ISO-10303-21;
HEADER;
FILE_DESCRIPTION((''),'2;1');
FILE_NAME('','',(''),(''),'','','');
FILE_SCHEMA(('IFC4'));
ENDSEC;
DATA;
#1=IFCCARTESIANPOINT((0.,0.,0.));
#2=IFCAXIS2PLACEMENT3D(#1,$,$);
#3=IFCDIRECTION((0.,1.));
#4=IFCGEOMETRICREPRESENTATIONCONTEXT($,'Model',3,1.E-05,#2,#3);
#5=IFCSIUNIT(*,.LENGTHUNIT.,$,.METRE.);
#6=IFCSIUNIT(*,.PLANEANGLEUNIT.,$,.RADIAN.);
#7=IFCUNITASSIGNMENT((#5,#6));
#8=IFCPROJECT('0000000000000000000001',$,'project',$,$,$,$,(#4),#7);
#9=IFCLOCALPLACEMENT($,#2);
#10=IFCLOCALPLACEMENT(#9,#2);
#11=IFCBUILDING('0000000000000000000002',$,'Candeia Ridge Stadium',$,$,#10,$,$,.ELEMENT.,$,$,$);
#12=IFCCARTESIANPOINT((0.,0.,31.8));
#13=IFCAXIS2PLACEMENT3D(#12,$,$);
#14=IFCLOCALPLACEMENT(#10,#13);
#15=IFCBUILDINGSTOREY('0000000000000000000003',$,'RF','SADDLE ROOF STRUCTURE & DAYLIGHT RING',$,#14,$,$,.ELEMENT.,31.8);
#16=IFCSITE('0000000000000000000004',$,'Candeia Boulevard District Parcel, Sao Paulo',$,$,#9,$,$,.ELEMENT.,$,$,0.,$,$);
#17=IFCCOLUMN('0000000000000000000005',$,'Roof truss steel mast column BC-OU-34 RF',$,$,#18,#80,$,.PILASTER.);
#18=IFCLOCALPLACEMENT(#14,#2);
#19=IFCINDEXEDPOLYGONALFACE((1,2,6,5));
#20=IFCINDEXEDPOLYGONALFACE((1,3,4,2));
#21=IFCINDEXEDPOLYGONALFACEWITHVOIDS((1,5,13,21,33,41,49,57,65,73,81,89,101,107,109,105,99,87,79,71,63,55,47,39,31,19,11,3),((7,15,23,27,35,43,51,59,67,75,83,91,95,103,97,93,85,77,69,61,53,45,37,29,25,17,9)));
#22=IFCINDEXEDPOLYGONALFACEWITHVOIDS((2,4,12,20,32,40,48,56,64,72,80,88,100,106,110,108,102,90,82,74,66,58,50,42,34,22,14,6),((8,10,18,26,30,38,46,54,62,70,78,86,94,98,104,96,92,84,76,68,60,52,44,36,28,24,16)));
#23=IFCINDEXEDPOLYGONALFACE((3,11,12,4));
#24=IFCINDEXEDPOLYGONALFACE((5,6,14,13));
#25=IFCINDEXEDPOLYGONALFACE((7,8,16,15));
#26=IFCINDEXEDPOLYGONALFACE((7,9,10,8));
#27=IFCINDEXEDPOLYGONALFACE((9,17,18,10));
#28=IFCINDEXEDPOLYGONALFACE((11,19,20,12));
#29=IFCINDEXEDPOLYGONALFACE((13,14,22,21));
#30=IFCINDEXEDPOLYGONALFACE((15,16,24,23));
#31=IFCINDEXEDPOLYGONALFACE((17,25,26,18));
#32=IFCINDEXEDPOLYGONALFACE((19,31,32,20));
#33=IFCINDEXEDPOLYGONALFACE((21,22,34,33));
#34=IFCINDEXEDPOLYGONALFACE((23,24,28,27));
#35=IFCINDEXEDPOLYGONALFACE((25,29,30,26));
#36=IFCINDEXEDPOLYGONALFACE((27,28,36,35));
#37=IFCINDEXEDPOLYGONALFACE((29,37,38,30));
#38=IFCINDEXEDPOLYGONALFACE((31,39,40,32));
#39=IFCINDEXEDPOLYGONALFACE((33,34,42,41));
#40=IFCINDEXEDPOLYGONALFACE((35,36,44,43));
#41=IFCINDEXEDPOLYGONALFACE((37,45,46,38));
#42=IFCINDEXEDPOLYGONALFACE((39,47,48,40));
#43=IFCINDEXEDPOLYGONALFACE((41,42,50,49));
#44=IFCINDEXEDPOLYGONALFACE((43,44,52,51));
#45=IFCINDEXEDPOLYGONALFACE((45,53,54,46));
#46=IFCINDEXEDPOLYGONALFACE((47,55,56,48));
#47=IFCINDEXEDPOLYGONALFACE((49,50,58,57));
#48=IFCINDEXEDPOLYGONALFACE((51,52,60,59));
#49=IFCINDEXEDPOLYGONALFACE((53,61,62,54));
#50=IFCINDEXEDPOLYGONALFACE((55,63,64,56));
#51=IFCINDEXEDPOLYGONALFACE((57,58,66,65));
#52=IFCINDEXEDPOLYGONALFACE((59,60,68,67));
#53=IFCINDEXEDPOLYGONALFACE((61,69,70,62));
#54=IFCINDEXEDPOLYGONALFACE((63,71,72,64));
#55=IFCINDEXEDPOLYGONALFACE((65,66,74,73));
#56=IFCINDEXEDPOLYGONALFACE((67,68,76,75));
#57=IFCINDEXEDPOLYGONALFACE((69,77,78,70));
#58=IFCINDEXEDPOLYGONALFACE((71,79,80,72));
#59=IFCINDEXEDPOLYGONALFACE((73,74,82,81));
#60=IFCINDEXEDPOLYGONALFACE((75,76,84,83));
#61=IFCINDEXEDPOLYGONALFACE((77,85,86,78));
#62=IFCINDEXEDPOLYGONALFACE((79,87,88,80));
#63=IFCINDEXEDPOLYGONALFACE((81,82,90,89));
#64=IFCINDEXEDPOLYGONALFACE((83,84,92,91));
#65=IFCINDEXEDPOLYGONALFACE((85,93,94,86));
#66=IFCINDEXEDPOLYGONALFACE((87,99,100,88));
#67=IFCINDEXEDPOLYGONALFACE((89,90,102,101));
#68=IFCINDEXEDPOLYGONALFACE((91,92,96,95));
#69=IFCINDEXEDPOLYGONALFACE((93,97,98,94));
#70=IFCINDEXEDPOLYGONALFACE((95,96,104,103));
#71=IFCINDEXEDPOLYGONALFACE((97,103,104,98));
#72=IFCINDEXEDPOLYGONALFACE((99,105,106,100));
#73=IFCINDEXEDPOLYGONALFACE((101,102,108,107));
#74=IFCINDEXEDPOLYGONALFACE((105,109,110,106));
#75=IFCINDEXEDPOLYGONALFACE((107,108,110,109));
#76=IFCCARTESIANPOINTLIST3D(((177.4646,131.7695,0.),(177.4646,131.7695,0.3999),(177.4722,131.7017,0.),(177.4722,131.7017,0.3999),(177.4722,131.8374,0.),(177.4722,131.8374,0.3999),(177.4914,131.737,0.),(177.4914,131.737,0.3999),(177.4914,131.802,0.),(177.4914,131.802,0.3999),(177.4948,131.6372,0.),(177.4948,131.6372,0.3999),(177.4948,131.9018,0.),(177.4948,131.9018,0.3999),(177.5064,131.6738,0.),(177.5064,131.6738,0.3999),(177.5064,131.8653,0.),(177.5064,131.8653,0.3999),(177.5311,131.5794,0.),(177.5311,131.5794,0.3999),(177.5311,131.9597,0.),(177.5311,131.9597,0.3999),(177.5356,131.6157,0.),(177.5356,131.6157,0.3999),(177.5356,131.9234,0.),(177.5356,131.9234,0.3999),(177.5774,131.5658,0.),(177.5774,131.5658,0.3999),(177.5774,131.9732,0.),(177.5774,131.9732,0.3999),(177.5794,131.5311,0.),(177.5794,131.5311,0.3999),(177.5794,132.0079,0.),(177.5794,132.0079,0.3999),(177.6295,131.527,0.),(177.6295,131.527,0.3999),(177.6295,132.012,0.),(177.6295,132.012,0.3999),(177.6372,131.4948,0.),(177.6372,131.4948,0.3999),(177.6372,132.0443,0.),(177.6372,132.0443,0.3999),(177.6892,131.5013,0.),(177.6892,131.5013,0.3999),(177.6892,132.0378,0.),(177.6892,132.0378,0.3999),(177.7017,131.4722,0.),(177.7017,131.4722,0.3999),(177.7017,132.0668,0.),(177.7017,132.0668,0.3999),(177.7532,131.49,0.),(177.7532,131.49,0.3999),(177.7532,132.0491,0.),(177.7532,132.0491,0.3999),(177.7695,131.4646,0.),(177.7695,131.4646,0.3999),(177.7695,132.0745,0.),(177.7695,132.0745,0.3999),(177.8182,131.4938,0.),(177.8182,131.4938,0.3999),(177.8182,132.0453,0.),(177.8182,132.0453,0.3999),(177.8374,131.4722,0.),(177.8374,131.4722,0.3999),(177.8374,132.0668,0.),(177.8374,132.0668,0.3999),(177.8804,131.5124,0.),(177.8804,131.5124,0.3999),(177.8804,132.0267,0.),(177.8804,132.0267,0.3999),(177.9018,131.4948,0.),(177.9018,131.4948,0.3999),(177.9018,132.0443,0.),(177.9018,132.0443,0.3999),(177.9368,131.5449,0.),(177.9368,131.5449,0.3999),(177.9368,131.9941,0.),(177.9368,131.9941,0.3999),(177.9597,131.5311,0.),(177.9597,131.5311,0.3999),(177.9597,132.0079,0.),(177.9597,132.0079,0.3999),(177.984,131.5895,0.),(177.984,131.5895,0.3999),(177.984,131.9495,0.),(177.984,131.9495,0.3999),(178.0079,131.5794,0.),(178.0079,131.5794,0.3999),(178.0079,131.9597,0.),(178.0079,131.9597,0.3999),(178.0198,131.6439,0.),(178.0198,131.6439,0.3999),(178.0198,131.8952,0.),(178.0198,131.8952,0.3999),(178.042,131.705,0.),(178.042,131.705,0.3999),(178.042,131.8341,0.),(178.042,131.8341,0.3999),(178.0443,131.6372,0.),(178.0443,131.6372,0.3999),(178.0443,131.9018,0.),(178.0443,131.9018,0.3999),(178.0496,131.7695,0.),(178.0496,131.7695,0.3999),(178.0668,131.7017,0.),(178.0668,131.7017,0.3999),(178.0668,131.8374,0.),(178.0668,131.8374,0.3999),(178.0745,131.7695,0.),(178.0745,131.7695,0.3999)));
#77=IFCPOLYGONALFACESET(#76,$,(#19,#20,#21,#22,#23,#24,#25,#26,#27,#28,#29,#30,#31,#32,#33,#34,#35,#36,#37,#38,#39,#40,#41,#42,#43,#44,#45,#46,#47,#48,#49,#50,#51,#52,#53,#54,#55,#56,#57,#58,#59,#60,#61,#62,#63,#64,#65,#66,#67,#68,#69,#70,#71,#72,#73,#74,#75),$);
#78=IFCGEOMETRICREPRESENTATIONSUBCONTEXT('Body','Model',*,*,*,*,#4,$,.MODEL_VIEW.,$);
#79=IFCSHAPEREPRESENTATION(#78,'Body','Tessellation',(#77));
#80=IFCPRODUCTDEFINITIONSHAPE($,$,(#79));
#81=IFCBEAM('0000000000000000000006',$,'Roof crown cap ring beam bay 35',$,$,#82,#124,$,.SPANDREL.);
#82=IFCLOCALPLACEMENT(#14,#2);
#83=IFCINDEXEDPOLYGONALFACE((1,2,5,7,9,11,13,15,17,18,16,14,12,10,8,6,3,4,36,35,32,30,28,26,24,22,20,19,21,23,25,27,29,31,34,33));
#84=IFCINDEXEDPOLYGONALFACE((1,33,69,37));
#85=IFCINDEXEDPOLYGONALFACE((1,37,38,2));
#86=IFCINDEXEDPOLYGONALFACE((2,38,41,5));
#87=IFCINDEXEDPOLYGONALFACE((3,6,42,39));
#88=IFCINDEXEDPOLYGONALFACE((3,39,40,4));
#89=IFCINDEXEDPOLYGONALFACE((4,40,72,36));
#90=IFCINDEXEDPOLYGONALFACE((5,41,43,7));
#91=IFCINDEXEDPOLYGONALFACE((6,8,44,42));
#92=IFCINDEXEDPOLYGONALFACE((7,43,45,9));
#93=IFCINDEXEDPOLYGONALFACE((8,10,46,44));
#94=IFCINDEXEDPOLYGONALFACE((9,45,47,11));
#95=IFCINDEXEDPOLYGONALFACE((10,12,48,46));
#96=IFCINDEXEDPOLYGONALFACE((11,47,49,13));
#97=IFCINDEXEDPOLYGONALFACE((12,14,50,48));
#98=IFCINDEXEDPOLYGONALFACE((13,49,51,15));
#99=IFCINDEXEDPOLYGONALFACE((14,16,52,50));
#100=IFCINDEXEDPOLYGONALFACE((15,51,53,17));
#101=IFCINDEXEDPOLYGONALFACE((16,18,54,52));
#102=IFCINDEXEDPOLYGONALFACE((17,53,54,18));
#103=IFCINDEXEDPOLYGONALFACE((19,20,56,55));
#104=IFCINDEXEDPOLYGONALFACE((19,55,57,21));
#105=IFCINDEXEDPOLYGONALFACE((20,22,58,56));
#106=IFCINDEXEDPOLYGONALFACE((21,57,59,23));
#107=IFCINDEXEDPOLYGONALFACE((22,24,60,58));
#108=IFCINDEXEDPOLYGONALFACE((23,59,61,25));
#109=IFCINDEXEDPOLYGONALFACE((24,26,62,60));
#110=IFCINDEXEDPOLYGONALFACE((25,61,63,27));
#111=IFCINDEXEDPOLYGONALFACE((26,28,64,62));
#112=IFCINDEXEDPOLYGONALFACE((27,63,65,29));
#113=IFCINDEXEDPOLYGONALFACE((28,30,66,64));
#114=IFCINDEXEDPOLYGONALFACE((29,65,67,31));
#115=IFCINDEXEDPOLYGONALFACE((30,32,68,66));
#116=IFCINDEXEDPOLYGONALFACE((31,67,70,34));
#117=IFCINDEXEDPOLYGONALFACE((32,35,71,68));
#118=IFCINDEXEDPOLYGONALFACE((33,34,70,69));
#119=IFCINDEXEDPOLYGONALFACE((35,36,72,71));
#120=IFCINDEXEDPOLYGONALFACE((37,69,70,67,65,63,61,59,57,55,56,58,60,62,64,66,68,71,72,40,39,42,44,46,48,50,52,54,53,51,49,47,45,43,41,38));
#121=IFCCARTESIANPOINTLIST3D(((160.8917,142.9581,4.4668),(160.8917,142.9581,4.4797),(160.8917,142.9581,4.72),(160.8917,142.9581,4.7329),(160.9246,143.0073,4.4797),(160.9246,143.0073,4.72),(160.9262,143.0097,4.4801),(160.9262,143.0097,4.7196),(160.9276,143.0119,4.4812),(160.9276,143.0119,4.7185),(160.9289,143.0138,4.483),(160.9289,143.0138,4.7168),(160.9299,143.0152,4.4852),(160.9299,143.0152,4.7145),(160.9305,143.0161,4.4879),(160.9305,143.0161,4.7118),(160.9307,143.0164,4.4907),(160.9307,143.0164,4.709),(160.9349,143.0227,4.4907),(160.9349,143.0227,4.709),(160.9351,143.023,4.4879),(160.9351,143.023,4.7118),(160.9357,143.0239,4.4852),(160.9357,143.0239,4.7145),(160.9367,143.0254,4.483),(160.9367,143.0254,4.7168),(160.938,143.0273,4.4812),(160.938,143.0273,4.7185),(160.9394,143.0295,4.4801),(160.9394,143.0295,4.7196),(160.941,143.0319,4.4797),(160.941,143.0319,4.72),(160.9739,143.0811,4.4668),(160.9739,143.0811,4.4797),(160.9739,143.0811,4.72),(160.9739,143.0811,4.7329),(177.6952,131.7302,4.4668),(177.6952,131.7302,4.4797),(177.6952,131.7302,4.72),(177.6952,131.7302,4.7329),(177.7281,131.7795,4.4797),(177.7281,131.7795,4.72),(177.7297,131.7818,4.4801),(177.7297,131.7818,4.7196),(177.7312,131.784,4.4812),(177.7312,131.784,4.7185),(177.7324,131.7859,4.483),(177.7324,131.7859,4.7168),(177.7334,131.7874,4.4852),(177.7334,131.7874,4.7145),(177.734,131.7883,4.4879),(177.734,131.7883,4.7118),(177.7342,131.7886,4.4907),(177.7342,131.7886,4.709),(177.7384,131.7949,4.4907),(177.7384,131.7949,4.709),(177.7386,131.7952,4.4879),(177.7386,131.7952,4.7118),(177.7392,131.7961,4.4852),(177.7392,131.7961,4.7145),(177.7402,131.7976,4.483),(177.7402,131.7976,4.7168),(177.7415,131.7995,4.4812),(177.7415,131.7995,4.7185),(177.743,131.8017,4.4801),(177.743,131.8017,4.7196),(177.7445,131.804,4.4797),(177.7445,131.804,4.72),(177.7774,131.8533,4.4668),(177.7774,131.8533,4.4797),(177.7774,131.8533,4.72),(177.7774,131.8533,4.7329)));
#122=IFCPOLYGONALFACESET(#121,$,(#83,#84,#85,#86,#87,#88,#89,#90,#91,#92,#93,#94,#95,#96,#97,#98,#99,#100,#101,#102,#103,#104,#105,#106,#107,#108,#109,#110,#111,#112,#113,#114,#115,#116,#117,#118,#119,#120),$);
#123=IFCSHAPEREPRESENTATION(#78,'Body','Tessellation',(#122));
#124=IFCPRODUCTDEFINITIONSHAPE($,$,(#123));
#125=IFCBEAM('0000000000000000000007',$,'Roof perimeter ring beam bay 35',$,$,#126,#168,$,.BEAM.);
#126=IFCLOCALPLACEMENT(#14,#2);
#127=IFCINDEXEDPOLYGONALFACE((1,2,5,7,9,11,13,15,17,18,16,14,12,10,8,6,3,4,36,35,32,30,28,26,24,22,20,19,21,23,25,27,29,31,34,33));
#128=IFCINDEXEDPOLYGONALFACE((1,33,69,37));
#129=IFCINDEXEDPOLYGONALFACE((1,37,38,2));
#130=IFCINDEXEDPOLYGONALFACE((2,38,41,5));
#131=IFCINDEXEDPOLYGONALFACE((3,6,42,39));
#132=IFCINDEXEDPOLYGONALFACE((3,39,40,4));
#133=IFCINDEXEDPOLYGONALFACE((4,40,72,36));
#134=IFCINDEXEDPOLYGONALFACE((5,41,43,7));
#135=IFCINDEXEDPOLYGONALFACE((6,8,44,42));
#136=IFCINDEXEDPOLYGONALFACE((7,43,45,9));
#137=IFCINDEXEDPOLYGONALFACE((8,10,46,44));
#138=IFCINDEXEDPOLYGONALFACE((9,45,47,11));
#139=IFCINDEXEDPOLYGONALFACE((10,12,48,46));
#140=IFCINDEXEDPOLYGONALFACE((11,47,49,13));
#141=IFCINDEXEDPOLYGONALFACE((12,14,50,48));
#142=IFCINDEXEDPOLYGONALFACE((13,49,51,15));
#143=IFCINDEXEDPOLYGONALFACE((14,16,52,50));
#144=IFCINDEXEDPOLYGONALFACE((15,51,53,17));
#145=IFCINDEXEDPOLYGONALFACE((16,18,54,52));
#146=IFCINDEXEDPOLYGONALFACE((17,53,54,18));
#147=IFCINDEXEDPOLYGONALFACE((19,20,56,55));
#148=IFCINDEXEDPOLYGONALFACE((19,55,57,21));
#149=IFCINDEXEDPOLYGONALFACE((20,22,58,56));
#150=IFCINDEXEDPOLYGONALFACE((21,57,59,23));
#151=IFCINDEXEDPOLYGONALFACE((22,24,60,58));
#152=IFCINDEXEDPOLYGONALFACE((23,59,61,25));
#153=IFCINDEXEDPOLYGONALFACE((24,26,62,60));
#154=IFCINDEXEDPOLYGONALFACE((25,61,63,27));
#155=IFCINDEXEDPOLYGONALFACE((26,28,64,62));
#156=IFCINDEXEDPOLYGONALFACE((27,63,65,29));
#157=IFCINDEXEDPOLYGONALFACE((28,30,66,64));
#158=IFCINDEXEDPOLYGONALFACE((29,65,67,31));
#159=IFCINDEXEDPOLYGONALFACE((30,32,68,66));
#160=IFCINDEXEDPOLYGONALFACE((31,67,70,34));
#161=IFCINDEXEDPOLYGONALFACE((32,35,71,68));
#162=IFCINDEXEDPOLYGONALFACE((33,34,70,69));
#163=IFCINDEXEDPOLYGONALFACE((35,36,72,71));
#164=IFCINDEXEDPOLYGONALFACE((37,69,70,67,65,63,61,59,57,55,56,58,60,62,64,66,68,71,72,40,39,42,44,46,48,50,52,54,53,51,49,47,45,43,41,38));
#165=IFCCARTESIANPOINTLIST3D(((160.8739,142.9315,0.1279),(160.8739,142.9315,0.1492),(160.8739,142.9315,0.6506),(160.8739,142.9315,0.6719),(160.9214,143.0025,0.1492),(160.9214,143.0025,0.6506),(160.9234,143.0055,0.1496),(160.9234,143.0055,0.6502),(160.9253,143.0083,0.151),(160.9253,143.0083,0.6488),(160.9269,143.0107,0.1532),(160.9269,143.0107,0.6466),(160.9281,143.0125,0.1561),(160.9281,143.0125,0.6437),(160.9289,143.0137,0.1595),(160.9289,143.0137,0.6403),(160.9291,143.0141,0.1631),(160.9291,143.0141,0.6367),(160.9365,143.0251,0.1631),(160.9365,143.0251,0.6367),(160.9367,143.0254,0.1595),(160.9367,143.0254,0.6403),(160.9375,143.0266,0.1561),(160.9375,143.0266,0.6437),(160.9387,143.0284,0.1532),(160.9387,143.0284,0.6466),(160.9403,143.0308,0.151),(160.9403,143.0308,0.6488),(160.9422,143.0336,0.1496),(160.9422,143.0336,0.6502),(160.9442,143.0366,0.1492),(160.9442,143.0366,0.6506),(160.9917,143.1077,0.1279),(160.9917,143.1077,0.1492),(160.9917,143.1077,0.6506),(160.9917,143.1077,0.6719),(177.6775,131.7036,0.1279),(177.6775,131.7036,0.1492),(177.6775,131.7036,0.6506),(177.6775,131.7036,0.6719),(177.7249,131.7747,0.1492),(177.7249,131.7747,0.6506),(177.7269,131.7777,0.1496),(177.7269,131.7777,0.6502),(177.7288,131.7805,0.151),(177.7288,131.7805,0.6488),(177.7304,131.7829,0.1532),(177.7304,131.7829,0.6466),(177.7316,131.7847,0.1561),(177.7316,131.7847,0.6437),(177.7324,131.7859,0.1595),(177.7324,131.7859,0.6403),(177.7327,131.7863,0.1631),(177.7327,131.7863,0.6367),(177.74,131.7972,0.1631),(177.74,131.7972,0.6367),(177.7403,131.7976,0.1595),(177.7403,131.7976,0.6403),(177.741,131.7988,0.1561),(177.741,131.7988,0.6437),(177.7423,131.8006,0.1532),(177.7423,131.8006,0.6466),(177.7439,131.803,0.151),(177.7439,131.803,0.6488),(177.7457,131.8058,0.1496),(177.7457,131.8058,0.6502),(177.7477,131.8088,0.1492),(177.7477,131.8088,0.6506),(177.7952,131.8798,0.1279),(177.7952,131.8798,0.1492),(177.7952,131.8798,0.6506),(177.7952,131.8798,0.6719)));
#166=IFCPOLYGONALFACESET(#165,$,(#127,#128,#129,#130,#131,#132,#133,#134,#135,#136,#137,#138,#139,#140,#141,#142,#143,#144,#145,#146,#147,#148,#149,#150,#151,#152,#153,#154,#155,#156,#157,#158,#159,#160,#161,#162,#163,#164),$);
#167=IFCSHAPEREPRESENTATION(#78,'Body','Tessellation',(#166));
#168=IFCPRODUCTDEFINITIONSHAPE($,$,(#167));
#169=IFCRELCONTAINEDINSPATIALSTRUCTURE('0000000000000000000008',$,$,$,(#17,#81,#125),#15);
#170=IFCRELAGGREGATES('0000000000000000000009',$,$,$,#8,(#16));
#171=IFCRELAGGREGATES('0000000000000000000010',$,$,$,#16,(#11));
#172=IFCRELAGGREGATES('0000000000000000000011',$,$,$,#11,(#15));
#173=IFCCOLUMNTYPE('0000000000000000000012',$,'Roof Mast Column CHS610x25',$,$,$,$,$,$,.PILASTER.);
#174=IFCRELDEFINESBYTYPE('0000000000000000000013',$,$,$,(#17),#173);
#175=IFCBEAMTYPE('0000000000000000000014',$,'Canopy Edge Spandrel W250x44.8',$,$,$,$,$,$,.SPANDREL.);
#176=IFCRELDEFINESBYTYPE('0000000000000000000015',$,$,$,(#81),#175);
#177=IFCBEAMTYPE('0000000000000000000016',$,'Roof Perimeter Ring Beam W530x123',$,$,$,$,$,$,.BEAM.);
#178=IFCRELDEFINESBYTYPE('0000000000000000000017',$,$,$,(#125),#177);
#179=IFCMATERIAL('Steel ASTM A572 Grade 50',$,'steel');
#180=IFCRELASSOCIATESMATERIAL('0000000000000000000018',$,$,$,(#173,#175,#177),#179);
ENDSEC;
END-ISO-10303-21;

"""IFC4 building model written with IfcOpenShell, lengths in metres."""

from ifc_helpers import new_model, si_unit, direction, frame, origin, origin_2d, place, context, subcontext, project, spatial, hollow_circle, i_section, extrude, material, material_profile, profile_set, type_object, element, save


model = new_model("IFC4")

# Units and contexts
model_context = context("Model", 3, precision=1e-05, world=origin(), true_north=direction((0.0, 1.0)))
body_context = subcontext(model_context, "Body", "Model", "MODEL_VIEW")
ifc_project = project(units=[si_unit("LENGTHUNIT", "METRE"), si_unit("PLANEANGLEUNIT", "RADIAN")], contexts=[model_context])

# Site, building, storey
site_placement = place(None, origin())
site = spatial("IfcSite", under=ifc_project, at=site_placement, Name="Candeia Boulevard District Parcel, Sao Paulo", CompositionType="ELEMENT", RefElevation=0.0)
building_placement = place(site_placement, origin())
building = spatial("IfcBuilding", under=site, at=building_placement, Name="Candeia Ridge Stadium", CompositionType="ELEMENT")
storey_placement = place(building_placement, frame((0.0, 0.0, 31.8)))
storey = spatial("IfcBuildingStorey", under=building, at=storey_placement, Name="RF", Description="SADDLE ROOF STRUCTURE & DAYLIGHT RING", CompositionType="ELEMENT", Elevation=31.8)

# Column
ifc_material_1 = material(Name="Steel ASTM A572 Grade 50", Category="steel")
ifc_material_profile_1 = material_profile(ifc_material_1, hollow_circle(Radius=0.3049, WallThickness=0.0249, at=origin_2d()), Name="CHS610x25", Category="steel")
ifc_profile_set_1 = profile_set([ifc_material_profile_1], Name="Steel ASTM A572 Grade 50")
column_type = type_object("IfcColumnType", Name="Roof Mast Column CHS610x25", PredefinedType="PILASTER", material=ifc_profile_set_1)
column_placement = place(storey_placement, frame((177.7695, 131.7695, 0.0), z_axis=(0.0, 0.0, 1.0), x_axis=(1.0, 0.0, 0.0)))
element("IfcColumn", 1, at=column_placement, inside=storey, type_object=column_type, Name="Roof truss steel mast column BC-OU-34 RF", PredefinedType="PILASTER", context=body_context, shape_type="SweptSolid", body=[
    extrude(hollow_circle(Radius=0.3049, WallThickness=0.0249, at=origin_2d()), origin(), (0.0, 0.0, 1.0), 0.3999),
])

# Beams
ifc_material_profile_2 = material_profile(ifc_material_1, i_section(OverallWidth=0.1479, OverallDepth=0.2661, WebThickness=0.0076, FlangeThickness=0.0129, FilletRadius=0.011, at=origin_2d()), Name="W250x44.8", Category="steel")
ifc_profile_set_2 = profile_set([ifc_material_profile_2], Name="Steel ASTM A572 Grade 50")
beam_type_1 = type_object("IfcBeamType", Name="Canopy Edge Spandrel W250x44.8", PredefinedType="SPANDREL", material=ifc_profile_set_2)
beam_1_placement = place(storey_placement, frame((177.7363, 131.7917, 4.5999), z_axis=(-0.831468, 0.555572, 0.0), x_axis=(-0.555572, -0.831468, 0.0)))
element("IfcBeam", 2, at=beam_1_placement, inside=storey, type_object=beam_type_1, Name="Roof crown cap ring beam bay 35", PredefinedType="SPANDREL", context=body_context, shape_type="SweptSolid", body=[
    extrude(i_section(OverallWidth=0.1479, OverallDepth=0.2661, WebThickness=0.0076, FlangeThickness=0.0129, FilletRadius=0.011, at=origin_2d()), origin(), (0.0, 0.0, 1.0), 20.2095),
])
ifc_material_profile_3 = material_profile(ifc_material_1, i_section(OverallWidth=0.2119, OverallDepth=0.5439, WebThickness=0.0132, FlangeThickness=0.0212, FilletRadius=0.0139, at=origin_2d()), Name="W530x123", Category="steel")
ifc_profile_set_3 = profile_set([ifc_material_profile_3], Name="Steel ASTM A572 Grade 50")
beam_type_2 = type_object("IfcBeamType", Name="Roof Perimeter Ring Beam W530x123", PredefinedType="BEAM", material=ifc_profile_set_3)
beam_2_placement = place(storey_placement, frame((177.7363, 131.7917, 0.3999), z_axis=(-0.831468, 0.555572, 0.0), x_axis=(-0.555572, -0.831468, 0.0)))
element("IfcBeam", 3, at=beam_2_placement, inside=storey, type_object=beam_type_2, Name="Roof perimeter ring beam bay 35", PredefinedType="BEAM", context=body_context, shape_type="SweptSolid", body=[
    extrude(i_section(OverallWidth=0.2119, OverallDepth=0.5439, WebThickness=0.0132, FlangeThickness=0.0212, FilletRadius=0.0139, at=origin_2d()), origin(), (0.0, 0.0, 1.0), 20.2095),
])

save(model, "model.ifc")
